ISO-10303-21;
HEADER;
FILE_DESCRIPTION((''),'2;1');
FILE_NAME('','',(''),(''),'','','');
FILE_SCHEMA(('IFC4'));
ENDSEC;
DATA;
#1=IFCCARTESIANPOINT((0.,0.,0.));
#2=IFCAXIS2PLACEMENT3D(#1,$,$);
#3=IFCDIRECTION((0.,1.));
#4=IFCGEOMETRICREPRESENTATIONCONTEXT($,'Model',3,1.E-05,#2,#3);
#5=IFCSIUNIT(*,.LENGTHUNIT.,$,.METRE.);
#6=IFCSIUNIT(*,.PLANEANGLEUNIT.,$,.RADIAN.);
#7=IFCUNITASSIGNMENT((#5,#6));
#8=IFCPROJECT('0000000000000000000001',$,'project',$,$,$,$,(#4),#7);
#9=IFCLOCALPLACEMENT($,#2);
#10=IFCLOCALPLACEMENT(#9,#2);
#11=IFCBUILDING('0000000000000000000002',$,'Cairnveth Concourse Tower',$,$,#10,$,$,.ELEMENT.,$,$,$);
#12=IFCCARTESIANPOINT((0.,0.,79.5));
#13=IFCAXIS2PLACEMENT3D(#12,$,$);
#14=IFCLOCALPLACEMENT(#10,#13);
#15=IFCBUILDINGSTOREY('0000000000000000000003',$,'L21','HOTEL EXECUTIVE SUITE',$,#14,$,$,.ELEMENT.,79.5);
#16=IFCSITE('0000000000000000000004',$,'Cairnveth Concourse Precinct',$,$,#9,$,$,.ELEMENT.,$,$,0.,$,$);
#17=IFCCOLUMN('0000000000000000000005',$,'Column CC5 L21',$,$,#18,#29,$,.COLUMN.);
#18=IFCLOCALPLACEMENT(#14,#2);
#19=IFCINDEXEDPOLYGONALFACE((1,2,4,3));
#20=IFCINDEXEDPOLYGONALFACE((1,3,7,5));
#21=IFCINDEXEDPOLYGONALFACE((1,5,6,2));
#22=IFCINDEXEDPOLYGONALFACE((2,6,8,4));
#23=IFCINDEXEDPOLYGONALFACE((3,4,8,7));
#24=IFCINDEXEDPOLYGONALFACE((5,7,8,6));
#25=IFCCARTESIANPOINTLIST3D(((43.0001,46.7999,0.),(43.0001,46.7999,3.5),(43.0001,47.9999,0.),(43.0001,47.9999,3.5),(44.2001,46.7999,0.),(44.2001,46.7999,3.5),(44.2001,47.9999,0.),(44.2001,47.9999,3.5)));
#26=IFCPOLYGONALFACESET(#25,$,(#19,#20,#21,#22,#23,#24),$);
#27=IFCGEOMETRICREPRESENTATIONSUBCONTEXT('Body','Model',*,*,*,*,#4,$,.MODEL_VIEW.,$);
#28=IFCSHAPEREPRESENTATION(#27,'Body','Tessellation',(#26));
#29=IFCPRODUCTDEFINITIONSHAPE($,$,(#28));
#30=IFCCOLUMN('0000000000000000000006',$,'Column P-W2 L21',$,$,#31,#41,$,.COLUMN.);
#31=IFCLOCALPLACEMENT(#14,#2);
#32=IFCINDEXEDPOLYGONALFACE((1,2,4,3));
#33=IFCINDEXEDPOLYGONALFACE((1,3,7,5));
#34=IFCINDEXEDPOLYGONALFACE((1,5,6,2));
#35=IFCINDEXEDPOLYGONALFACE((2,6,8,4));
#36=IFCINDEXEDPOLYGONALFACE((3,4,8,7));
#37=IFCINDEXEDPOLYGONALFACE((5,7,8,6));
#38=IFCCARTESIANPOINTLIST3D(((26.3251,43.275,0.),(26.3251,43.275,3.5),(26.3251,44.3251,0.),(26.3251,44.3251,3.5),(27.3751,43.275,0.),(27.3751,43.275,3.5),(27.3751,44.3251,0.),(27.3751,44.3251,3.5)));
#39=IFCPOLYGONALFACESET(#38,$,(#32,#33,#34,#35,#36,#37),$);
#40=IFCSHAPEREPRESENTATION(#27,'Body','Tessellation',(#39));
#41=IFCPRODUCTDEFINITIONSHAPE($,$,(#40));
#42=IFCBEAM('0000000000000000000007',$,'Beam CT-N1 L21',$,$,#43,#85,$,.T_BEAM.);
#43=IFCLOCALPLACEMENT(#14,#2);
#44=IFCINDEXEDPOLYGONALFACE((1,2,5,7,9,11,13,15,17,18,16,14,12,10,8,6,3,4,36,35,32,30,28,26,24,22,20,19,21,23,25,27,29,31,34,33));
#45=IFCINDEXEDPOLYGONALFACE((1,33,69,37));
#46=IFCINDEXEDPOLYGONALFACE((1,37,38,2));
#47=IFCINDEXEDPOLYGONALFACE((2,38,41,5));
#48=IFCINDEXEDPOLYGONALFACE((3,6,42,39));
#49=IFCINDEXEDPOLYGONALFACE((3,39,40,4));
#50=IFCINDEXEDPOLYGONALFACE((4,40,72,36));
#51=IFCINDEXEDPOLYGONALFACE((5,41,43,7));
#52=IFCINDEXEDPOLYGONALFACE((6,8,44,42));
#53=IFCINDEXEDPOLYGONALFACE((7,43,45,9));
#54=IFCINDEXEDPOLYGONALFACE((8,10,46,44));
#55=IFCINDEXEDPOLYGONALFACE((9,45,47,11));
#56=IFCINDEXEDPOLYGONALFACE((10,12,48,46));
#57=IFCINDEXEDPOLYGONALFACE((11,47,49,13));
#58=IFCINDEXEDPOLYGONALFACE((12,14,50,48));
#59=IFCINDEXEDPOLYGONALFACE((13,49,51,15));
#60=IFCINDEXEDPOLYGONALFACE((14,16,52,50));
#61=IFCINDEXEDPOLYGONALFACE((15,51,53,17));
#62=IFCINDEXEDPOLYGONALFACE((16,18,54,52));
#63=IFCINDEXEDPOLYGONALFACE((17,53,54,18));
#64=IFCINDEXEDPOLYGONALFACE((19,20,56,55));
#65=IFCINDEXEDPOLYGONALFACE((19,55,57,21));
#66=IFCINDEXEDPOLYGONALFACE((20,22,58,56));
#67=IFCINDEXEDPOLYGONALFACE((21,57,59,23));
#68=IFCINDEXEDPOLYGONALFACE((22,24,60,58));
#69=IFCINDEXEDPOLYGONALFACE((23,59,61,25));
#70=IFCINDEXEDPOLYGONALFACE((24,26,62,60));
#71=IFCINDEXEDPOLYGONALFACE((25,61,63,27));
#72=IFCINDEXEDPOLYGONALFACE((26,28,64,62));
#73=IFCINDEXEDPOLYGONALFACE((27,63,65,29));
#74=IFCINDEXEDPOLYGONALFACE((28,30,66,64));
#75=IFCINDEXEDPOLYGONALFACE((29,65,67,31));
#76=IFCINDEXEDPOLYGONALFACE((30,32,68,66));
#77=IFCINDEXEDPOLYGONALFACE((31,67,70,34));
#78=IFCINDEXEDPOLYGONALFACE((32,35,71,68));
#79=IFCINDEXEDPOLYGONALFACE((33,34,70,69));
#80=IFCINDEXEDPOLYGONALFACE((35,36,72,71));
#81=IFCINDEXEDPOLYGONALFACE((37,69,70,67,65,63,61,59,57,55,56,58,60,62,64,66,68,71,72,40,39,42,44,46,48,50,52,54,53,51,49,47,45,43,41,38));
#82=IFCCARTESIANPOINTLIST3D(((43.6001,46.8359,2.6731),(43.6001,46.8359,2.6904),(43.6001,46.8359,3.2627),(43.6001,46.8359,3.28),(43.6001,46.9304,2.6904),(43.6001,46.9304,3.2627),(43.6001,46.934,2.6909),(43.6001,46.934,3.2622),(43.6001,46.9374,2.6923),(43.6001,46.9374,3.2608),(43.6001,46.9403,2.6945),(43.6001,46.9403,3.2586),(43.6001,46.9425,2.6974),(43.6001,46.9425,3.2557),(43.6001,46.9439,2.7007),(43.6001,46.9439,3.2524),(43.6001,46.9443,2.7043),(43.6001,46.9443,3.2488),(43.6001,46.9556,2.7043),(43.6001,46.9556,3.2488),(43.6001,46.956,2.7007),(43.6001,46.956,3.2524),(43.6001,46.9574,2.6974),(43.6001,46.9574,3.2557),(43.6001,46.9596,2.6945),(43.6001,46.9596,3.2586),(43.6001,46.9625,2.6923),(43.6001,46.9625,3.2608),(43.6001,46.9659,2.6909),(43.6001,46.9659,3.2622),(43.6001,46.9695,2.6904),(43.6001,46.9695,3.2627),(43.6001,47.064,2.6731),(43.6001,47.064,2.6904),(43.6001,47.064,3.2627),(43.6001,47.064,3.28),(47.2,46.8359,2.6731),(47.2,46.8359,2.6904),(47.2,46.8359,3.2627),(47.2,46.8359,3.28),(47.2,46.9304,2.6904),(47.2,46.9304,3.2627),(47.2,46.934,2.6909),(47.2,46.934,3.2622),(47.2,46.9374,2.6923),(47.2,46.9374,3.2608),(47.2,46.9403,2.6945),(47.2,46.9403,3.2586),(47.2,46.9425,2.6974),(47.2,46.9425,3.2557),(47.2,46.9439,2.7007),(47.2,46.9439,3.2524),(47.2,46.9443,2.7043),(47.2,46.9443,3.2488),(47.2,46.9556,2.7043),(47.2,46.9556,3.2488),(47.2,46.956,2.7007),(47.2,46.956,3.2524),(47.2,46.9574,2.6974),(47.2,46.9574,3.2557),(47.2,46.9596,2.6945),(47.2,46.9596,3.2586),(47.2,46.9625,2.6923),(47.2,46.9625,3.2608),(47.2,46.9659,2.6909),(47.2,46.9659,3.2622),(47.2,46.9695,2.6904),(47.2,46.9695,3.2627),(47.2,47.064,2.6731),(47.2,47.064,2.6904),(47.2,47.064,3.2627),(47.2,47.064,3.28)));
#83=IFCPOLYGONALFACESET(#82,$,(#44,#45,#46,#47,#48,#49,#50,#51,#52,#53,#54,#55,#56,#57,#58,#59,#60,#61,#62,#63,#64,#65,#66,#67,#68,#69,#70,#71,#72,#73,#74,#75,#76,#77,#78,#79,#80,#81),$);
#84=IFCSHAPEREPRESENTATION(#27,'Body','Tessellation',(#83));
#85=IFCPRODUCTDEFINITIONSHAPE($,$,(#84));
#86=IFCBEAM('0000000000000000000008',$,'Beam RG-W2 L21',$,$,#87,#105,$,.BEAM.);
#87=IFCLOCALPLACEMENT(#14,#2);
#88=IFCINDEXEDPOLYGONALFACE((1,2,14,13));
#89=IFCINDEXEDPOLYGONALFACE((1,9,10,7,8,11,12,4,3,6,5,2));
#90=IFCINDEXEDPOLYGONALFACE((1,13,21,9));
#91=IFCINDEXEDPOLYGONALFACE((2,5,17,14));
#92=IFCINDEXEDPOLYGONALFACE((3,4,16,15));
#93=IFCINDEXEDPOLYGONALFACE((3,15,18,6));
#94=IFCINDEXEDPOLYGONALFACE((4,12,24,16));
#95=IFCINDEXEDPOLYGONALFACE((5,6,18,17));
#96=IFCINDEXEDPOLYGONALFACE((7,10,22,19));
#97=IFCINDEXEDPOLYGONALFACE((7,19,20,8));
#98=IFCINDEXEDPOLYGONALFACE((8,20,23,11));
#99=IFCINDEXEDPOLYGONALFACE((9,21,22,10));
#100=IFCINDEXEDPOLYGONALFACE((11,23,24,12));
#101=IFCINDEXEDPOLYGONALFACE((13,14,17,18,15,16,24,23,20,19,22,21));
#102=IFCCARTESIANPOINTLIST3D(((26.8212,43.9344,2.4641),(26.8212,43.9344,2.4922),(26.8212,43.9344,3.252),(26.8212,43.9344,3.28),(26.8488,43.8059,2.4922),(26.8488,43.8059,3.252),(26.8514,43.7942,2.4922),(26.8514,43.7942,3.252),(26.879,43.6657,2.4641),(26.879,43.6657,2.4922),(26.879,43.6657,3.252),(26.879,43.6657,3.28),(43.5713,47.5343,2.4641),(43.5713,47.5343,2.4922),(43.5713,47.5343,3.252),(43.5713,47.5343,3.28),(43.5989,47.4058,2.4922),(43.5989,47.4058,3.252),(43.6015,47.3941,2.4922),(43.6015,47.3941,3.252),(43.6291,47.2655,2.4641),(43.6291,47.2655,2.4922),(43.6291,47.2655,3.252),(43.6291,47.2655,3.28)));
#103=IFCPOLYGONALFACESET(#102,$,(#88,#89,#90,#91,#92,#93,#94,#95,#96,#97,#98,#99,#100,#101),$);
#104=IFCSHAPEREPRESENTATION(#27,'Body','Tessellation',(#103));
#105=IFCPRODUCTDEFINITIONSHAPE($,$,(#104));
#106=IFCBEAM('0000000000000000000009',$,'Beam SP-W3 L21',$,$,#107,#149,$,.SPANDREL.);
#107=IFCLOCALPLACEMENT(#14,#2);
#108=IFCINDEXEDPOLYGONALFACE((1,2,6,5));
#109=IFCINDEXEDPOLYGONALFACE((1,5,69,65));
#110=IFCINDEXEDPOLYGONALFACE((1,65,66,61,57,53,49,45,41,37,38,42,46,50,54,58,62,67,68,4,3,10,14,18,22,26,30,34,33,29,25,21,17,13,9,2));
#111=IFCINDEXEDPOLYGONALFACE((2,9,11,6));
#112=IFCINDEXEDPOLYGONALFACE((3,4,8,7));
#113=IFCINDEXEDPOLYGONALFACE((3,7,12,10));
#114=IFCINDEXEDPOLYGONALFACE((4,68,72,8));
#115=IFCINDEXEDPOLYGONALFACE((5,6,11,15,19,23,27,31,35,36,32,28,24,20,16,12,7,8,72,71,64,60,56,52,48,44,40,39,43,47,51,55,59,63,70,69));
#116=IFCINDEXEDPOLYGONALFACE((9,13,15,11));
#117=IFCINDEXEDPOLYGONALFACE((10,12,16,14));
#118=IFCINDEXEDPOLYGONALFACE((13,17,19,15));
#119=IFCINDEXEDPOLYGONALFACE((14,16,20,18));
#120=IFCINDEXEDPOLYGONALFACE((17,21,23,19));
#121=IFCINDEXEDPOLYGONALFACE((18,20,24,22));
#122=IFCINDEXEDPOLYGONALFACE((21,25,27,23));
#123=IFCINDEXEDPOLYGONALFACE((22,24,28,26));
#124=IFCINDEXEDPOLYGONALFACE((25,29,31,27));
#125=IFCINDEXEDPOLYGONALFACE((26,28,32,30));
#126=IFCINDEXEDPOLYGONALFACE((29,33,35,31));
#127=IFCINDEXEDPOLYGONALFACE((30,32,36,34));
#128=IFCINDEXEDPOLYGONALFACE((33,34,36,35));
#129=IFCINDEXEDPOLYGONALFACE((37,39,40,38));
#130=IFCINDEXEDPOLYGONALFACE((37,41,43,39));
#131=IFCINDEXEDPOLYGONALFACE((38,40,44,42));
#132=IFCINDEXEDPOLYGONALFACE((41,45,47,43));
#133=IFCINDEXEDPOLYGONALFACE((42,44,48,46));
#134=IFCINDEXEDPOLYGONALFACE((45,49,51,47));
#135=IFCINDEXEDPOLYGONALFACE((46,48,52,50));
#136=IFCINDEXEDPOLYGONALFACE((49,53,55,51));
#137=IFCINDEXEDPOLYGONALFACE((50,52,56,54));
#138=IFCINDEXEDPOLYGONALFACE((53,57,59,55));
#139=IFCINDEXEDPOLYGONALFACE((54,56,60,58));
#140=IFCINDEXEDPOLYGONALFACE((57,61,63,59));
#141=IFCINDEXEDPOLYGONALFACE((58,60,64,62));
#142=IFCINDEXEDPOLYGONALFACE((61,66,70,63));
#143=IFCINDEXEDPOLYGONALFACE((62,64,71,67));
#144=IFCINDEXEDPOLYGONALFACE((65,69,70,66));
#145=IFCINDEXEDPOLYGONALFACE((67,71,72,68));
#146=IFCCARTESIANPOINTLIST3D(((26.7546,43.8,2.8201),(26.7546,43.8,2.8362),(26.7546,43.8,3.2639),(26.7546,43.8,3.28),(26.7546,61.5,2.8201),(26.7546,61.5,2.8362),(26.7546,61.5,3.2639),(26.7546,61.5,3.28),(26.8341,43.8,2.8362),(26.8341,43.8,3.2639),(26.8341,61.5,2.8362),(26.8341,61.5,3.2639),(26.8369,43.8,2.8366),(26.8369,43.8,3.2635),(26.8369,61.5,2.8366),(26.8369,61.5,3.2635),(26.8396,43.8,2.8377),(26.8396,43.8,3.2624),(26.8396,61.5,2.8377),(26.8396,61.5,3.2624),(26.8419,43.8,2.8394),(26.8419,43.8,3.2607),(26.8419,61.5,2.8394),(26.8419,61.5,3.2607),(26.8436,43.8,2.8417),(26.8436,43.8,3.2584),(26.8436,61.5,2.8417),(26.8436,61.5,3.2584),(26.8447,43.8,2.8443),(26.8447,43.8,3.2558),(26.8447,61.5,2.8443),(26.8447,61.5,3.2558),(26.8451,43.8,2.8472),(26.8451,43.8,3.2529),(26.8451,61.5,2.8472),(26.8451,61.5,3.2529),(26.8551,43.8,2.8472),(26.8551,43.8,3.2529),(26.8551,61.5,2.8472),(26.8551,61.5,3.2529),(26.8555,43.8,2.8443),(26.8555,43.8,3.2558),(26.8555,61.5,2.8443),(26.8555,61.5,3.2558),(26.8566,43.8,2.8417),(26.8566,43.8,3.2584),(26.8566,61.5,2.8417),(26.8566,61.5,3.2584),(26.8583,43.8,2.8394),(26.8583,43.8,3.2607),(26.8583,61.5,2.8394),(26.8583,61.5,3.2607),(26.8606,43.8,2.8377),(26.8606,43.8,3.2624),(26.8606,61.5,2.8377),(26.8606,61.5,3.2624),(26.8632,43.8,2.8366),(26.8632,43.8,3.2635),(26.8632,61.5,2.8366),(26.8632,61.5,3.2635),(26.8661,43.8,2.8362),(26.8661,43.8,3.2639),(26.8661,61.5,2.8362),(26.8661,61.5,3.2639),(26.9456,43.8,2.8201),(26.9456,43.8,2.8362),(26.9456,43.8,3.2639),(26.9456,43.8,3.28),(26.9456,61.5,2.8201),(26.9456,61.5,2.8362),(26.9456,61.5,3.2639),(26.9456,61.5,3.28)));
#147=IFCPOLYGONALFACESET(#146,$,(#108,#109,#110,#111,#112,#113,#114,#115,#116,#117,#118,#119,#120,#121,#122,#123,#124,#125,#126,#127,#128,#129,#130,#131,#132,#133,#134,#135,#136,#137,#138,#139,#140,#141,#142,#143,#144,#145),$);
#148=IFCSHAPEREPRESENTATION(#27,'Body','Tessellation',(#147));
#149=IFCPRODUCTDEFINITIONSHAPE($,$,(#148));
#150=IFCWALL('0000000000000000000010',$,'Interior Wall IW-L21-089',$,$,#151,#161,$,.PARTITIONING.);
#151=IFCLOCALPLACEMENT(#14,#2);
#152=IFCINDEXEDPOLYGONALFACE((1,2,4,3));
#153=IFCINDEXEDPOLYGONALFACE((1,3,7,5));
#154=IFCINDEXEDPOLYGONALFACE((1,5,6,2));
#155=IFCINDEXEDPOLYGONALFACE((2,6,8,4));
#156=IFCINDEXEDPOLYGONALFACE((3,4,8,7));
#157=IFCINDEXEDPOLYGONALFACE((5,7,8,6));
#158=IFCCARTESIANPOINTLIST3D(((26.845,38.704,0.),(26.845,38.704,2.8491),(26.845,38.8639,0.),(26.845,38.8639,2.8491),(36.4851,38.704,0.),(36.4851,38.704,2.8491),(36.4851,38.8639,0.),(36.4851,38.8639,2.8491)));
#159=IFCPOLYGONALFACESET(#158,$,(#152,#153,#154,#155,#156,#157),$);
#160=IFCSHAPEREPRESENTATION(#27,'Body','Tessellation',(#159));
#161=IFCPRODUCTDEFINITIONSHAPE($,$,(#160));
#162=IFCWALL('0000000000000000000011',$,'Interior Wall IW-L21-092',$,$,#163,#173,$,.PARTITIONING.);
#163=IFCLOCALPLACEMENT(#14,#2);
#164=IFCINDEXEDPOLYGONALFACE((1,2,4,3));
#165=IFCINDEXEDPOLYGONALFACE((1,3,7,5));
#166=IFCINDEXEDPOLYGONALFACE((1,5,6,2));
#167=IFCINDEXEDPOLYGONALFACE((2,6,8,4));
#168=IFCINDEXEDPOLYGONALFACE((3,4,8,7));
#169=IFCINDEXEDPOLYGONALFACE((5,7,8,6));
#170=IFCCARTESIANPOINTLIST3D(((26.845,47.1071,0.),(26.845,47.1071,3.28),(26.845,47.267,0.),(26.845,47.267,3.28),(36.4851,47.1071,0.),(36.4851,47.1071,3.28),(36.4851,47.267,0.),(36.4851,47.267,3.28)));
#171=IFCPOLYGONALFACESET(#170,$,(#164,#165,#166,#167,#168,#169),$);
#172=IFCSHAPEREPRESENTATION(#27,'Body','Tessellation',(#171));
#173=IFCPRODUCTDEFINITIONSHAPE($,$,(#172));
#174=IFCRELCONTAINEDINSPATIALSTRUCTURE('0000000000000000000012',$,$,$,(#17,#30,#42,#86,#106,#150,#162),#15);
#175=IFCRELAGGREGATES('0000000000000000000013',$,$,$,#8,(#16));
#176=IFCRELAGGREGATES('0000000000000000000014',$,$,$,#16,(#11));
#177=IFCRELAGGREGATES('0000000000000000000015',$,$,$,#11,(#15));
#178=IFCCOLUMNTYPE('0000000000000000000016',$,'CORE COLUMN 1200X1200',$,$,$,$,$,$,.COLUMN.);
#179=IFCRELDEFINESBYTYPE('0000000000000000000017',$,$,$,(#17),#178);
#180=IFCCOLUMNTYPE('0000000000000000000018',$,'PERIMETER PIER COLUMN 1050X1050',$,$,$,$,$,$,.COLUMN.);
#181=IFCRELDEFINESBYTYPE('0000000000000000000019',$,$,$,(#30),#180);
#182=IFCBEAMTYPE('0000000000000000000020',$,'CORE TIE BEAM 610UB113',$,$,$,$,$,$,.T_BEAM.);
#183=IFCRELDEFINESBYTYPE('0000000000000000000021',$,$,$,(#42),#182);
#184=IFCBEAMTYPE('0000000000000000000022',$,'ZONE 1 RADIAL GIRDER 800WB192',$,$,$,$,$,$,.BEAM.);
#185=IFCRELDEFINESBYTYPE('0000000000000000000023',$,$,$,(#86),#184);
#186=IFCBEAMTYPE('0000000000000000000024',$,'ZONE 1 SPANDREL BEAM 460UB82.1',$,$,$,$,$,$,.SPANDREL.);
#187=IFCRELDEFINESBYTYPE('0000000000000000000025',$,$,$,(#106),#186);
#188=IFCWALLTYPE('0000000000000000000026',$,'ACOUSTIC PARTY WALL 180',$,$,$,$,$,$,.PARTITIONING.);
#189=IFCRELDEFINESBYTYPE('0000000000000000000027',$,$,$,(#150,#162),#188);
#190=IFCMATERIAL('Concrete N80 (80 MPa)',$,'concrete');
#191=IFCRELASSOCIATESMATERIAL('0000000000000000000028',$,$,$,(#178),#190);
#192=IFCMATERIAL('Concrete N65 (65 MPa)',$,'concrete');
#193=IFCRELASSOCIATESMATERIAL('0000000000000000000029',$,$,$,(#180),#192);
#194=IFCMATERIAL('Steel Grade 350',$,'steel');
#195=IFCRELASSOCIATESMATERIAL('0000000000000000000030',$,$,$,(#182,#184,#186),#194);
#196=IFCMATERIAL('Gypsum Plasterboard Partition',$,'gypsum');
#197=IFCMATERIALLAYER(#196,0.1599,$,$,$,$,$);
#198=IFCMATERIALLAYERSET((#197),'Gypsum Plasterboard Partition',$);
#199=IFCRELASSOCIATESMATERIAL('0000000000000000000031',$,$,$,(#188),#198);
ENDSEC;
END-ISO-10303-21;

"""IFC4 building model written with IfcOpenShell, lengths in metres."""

from ifc_helpers import new_model, si_unit, direction, frame, frame_2d, origin, origin_2d, place, context, subcontext, project, spatial, rectangle, i_section, extrude, material, layer, layer_set, material_profile, profile_set, type_object, element, save


model = new_model("IFC4")

# Units and contexts
model_context = context("Model", 3, precision=1e-05, world=origin(), true_north=direction((0.0, 1.0)))
body_context = subcontext(model_context, "Body", "Model", "MODEL_VIEW")
ifc_project = project(units=[si_unit("LENGTHUNIT", "METRE"), si_unit("PLANEANGLEUNIT", "RADIAN")], contexts=[model_context])

# Site, building, storey
site_placement = place(None, origin())
site = spatial("IfcSite", under=ifc_project, at=site_placement, Name="Cairnveth Concourse Precinct", CompositionType="ELEMENT", RefElevation=0.0)
building_placement = place(site_placement, origin())
building = spatial("IfcBuilding", under=site, at=building_placement, Name="Cairnveth Concourse Tower", CompositionType="ELEMENT")
storey_placement = place(building_placement, frame((0.0, 0.0, 79.5)))
storey = spatial("IfcBuildingStorey", under=building, at=storey_placement, Name="L21", Description="HOTEL EXECUTIVE SUITE", CompositionType="ELEMENT", Elevation=79.5)

# Columns
ifc_material_1 = material(Name="Concrete N80 (80 MPa)", Category="concrete")
ifc_material_profile_1 = material_profile(ifc_material_1, rectangle(XDim=1.2, YDim=1.2, at=origin_2d()), Name="RC-COL-1200x1200")
ifc_profile_set_1 = profile_set([ifc_material_profile_1], Name="Concrete N80 (80 MPa)")
column_type_1 = type_object("IfcColumnType", Name="CORE COLUMN 1200X1200", PredefinedType="COLUMN", material=ifc_profile_set_1)
column_1_placement = place(storey_placement, frame((43.6001, 47.3999, 0.0), z_axis=(0.0, 0.0, 1.0), x_axis=(1.0, 0.0, 0.0)))
element("IfcColumn", 1, at=column_1_placement, inside=storey, type_object=column_type_1, Name="Column CC5 L21", PredefinedType="COLUMN", context=body_context, shape_type="SweptSolid", body=[
    extrude(rectangle(XDim=1.2, YDim=1.2, at=origin_2d()), origin(), (0.0, 0.0, 1.0), 3.5),
])
ifc_material_2 = material(Name="Concrete N65 (65 MPa)", Category="concrete")
ifc_material_profile_2 = material_profile(ifc_material_2, rectangle(XDim=1.05, YDim=1.05, at=origin_2d()), Name="RC-COL-1050x1050")
ifc_profile_set_2 = profile_set([ifc_material_profile_2], Name="Concrete N65 (65 MPa)")
column_type_2 = type_object("IfcColumnType", Name="PERIMETER PIER COLUMN 1050X1050", PredefinedType="COLUMN", material=ifc_profile_set_2)
column_2_placement = place(storey_placement, frame((26.8501, 43.8, 0.0), z_axis=(0.0, 0.0, 1.0), x_axis=(0.0, 1.0, 0.0)))
element("IfcColumn", 2, at=column_2_placement, inside=storey, type_object=column_type_2, Name="Column P-W2 L21", PredefinedType="COLUMN", context=body_context, shape_type="SweptSolid", body=[
    extrude(rectangle(XDim=1.05, YDim=1.05, at=origin_2d()), origin(), (0.0, 0.0, 1.0), 3.5),
])

# Beams
ifc_material_3 = material(Name="Steel Grade 350", Category="steel")
ifc_material_profile_3 = material_profile(ifc_material_3, i_section(OverallWidth=0.228, OverallDepth=0.6069, WebThickness=0.0112, FlangeThickness=0.0173, FilletRadius=0.0139, at=origin_2d()), Name="610UB113")
ifc_profile_set_3 = profile_set([ifc_material_profile_3], Name="Steel Grade 350")
beam_type_1 = type_object("IfcBeamType", Name="CORE TIE BEAM 610UB113", PredefinedType="T_BEAM", material=ifc_profile_set_3)
beam_1_placement = place(storey_placement, frame((43.6001, 46.95, 2.9766), z_axis=(1.0, 0.0, 0.0), x_axis=(0.0, 1.0, 0.0)))
element("IfcBeam", 3, at=beam_1_placement, inside=storey, type_object=beam_type_1, Name="Beam CT-N1 L21", PredefinedType="T_BEAM", context=body_context, shape_type="SweptSolid", body=[
    extrude(i_section(OverallWidth=0.228, OverallDepth=0.6069, WebThickness=0.0112, FlangeThickness=0.0173, FilletRadius=0.0139, at=origin_2d()), origin(), (0.0, 0.0, 1.0), 3.5999),
])
ifc_material_profile_4 = material_profile(ifc_material_3, i_section(OverallWidth=0.2749, OverallDepth=0.8159, WebThickness=0.012, FlangeThickness=0.0281, at=origin_2d()), Name="800WB192")
ifc_profile_set_4 = profile_set([ifc_material_profile_4], Name="Steel Grade 350")
beam_type_2 = type_object("IfcBeamType", Name="ZONE 1 RADIAL GIRDER 800WB192", PredefinedType="BEAM", material=ifc_profile_set_4)
beam_2_placement = place(storey_placement, frame((26.8501, 43.8, 2.8721), z_axis=(0.977676, 0.210119, 0.0), x_axis=(-0.210119, 0.977676, 0.0)))
element("IfcBeam", 4, at=beam_2_placement, inside=storey, type_object=beam_type_2, Name="Beam RG-W2 L21", PredefinedType="BEAM", context=body_context, shape_type="SweptSolid", body=[
    extrude(i_section(OverallWidth=0.2749, OverallDepth=0.8159, WebThickness=0.012, FlangeThickness=0.0281, at=origin_2d()), origin(), (0.0, 0.0, 1.0), 17.1326),
])
ifc_material_profile_5 = material_profile(ifc_material_3, i_section(OverallWidth=0.1909, OverallDepth=0.46, WebThickness=0.01, FlangeThickness=0.0161, FilletRadius=0.011, at=origin_2d()), Name="460UB82.1")
ifc_profile_set_5 = profile_set([ifc_material_profile_5], Name="Steel Grade 350")
beam_type_3 = type_object("IfcBeamType", Name="ZONE 1 SPANDREL BEAM 460UB82.1", PredefinedType="SPANDREL", material=ifc_profile_set_5)
beam_3_placement = place(storey_placement, frame((26.8501, 43.8, 3.05), z_axis=(0.0, 1.0, 0.0), x_axis=(-1.0, 0.0, 0.0)))
element("IfcBeam", 5, at=beam_3_placement, inside=storey, type_object=beam_type_3, Name="Beam SP-W3 L21", PredefinedType="SPANDREL", context=body_context, shape_type="SweptSolid", body=[
    extrude(i_section(OverallWidth=0.1909, OverallDepth=0.46, WebThickness=0.01, FlangeThickness=0.0161, FilletRadius=0.011, at=origin_2d()), origin(), (0.0, 0.0, 1.0), 17.7),
])

# Walls
ifc_material_4 = material(Name="Gypsum Plasterboard Partition", Category="gypsum")
ifc_layer_1 = layer(ifc_material_4, 0.1599)
ifc_layer_set_1 = layer_set([ifc_layer_1], Name="Gypsum Plasterboard Partition")
wall_type_1 = type_object("IfcWallType", Name="ACOUSTIC PARTY WALL 180", PredefinedType="PARTITIONING", material=ifc_layer_set_1)
wall_1_placement = place(storey_placement, frame((26.845, 38.7839, 0.0), z_axis=(0.0, 0.0, 1.0), x_axis=(1.0, 0.0, 0.0)))
element("IfcWall", 6, at=wall_1_placement, inside=storey, type_object=wall_type_1, Name="Interior Wall IW-L21-089", PredefinedType="PARTITIONING", context=body_context, shape_type="SweptSolid", body=[
    extrude(rectangle(XDim=9.6401, YDim=0.1599, at=frame_2d((4.8201, 0.0))), origin(), (0.0, 0.0, 1.0), 2.8491),
])
wall_2_placement = place(storey_placement, frame((26.845, 47.187, 0.0), z_axis=(0.0, 0.0, 1.0), x_axis=(1.0, 0.0, 0.0)))
element("IfcWall", 7, at=wall_2_placement, inside=storey, type_object=wall_type_1, Name="Interior Wall IW-L21-092", PredefinedType="PARTITIONING", context=body_context, shape_type="SweptSolid", body=[
    extrude(rectangle(XDim=9.6401, YDim=0.1599, at=frame_2d((4.8201, 0.0))), origin(), (0.0, 0.0, 1.0), 3.28),
])

save(model, "model.ifc")
